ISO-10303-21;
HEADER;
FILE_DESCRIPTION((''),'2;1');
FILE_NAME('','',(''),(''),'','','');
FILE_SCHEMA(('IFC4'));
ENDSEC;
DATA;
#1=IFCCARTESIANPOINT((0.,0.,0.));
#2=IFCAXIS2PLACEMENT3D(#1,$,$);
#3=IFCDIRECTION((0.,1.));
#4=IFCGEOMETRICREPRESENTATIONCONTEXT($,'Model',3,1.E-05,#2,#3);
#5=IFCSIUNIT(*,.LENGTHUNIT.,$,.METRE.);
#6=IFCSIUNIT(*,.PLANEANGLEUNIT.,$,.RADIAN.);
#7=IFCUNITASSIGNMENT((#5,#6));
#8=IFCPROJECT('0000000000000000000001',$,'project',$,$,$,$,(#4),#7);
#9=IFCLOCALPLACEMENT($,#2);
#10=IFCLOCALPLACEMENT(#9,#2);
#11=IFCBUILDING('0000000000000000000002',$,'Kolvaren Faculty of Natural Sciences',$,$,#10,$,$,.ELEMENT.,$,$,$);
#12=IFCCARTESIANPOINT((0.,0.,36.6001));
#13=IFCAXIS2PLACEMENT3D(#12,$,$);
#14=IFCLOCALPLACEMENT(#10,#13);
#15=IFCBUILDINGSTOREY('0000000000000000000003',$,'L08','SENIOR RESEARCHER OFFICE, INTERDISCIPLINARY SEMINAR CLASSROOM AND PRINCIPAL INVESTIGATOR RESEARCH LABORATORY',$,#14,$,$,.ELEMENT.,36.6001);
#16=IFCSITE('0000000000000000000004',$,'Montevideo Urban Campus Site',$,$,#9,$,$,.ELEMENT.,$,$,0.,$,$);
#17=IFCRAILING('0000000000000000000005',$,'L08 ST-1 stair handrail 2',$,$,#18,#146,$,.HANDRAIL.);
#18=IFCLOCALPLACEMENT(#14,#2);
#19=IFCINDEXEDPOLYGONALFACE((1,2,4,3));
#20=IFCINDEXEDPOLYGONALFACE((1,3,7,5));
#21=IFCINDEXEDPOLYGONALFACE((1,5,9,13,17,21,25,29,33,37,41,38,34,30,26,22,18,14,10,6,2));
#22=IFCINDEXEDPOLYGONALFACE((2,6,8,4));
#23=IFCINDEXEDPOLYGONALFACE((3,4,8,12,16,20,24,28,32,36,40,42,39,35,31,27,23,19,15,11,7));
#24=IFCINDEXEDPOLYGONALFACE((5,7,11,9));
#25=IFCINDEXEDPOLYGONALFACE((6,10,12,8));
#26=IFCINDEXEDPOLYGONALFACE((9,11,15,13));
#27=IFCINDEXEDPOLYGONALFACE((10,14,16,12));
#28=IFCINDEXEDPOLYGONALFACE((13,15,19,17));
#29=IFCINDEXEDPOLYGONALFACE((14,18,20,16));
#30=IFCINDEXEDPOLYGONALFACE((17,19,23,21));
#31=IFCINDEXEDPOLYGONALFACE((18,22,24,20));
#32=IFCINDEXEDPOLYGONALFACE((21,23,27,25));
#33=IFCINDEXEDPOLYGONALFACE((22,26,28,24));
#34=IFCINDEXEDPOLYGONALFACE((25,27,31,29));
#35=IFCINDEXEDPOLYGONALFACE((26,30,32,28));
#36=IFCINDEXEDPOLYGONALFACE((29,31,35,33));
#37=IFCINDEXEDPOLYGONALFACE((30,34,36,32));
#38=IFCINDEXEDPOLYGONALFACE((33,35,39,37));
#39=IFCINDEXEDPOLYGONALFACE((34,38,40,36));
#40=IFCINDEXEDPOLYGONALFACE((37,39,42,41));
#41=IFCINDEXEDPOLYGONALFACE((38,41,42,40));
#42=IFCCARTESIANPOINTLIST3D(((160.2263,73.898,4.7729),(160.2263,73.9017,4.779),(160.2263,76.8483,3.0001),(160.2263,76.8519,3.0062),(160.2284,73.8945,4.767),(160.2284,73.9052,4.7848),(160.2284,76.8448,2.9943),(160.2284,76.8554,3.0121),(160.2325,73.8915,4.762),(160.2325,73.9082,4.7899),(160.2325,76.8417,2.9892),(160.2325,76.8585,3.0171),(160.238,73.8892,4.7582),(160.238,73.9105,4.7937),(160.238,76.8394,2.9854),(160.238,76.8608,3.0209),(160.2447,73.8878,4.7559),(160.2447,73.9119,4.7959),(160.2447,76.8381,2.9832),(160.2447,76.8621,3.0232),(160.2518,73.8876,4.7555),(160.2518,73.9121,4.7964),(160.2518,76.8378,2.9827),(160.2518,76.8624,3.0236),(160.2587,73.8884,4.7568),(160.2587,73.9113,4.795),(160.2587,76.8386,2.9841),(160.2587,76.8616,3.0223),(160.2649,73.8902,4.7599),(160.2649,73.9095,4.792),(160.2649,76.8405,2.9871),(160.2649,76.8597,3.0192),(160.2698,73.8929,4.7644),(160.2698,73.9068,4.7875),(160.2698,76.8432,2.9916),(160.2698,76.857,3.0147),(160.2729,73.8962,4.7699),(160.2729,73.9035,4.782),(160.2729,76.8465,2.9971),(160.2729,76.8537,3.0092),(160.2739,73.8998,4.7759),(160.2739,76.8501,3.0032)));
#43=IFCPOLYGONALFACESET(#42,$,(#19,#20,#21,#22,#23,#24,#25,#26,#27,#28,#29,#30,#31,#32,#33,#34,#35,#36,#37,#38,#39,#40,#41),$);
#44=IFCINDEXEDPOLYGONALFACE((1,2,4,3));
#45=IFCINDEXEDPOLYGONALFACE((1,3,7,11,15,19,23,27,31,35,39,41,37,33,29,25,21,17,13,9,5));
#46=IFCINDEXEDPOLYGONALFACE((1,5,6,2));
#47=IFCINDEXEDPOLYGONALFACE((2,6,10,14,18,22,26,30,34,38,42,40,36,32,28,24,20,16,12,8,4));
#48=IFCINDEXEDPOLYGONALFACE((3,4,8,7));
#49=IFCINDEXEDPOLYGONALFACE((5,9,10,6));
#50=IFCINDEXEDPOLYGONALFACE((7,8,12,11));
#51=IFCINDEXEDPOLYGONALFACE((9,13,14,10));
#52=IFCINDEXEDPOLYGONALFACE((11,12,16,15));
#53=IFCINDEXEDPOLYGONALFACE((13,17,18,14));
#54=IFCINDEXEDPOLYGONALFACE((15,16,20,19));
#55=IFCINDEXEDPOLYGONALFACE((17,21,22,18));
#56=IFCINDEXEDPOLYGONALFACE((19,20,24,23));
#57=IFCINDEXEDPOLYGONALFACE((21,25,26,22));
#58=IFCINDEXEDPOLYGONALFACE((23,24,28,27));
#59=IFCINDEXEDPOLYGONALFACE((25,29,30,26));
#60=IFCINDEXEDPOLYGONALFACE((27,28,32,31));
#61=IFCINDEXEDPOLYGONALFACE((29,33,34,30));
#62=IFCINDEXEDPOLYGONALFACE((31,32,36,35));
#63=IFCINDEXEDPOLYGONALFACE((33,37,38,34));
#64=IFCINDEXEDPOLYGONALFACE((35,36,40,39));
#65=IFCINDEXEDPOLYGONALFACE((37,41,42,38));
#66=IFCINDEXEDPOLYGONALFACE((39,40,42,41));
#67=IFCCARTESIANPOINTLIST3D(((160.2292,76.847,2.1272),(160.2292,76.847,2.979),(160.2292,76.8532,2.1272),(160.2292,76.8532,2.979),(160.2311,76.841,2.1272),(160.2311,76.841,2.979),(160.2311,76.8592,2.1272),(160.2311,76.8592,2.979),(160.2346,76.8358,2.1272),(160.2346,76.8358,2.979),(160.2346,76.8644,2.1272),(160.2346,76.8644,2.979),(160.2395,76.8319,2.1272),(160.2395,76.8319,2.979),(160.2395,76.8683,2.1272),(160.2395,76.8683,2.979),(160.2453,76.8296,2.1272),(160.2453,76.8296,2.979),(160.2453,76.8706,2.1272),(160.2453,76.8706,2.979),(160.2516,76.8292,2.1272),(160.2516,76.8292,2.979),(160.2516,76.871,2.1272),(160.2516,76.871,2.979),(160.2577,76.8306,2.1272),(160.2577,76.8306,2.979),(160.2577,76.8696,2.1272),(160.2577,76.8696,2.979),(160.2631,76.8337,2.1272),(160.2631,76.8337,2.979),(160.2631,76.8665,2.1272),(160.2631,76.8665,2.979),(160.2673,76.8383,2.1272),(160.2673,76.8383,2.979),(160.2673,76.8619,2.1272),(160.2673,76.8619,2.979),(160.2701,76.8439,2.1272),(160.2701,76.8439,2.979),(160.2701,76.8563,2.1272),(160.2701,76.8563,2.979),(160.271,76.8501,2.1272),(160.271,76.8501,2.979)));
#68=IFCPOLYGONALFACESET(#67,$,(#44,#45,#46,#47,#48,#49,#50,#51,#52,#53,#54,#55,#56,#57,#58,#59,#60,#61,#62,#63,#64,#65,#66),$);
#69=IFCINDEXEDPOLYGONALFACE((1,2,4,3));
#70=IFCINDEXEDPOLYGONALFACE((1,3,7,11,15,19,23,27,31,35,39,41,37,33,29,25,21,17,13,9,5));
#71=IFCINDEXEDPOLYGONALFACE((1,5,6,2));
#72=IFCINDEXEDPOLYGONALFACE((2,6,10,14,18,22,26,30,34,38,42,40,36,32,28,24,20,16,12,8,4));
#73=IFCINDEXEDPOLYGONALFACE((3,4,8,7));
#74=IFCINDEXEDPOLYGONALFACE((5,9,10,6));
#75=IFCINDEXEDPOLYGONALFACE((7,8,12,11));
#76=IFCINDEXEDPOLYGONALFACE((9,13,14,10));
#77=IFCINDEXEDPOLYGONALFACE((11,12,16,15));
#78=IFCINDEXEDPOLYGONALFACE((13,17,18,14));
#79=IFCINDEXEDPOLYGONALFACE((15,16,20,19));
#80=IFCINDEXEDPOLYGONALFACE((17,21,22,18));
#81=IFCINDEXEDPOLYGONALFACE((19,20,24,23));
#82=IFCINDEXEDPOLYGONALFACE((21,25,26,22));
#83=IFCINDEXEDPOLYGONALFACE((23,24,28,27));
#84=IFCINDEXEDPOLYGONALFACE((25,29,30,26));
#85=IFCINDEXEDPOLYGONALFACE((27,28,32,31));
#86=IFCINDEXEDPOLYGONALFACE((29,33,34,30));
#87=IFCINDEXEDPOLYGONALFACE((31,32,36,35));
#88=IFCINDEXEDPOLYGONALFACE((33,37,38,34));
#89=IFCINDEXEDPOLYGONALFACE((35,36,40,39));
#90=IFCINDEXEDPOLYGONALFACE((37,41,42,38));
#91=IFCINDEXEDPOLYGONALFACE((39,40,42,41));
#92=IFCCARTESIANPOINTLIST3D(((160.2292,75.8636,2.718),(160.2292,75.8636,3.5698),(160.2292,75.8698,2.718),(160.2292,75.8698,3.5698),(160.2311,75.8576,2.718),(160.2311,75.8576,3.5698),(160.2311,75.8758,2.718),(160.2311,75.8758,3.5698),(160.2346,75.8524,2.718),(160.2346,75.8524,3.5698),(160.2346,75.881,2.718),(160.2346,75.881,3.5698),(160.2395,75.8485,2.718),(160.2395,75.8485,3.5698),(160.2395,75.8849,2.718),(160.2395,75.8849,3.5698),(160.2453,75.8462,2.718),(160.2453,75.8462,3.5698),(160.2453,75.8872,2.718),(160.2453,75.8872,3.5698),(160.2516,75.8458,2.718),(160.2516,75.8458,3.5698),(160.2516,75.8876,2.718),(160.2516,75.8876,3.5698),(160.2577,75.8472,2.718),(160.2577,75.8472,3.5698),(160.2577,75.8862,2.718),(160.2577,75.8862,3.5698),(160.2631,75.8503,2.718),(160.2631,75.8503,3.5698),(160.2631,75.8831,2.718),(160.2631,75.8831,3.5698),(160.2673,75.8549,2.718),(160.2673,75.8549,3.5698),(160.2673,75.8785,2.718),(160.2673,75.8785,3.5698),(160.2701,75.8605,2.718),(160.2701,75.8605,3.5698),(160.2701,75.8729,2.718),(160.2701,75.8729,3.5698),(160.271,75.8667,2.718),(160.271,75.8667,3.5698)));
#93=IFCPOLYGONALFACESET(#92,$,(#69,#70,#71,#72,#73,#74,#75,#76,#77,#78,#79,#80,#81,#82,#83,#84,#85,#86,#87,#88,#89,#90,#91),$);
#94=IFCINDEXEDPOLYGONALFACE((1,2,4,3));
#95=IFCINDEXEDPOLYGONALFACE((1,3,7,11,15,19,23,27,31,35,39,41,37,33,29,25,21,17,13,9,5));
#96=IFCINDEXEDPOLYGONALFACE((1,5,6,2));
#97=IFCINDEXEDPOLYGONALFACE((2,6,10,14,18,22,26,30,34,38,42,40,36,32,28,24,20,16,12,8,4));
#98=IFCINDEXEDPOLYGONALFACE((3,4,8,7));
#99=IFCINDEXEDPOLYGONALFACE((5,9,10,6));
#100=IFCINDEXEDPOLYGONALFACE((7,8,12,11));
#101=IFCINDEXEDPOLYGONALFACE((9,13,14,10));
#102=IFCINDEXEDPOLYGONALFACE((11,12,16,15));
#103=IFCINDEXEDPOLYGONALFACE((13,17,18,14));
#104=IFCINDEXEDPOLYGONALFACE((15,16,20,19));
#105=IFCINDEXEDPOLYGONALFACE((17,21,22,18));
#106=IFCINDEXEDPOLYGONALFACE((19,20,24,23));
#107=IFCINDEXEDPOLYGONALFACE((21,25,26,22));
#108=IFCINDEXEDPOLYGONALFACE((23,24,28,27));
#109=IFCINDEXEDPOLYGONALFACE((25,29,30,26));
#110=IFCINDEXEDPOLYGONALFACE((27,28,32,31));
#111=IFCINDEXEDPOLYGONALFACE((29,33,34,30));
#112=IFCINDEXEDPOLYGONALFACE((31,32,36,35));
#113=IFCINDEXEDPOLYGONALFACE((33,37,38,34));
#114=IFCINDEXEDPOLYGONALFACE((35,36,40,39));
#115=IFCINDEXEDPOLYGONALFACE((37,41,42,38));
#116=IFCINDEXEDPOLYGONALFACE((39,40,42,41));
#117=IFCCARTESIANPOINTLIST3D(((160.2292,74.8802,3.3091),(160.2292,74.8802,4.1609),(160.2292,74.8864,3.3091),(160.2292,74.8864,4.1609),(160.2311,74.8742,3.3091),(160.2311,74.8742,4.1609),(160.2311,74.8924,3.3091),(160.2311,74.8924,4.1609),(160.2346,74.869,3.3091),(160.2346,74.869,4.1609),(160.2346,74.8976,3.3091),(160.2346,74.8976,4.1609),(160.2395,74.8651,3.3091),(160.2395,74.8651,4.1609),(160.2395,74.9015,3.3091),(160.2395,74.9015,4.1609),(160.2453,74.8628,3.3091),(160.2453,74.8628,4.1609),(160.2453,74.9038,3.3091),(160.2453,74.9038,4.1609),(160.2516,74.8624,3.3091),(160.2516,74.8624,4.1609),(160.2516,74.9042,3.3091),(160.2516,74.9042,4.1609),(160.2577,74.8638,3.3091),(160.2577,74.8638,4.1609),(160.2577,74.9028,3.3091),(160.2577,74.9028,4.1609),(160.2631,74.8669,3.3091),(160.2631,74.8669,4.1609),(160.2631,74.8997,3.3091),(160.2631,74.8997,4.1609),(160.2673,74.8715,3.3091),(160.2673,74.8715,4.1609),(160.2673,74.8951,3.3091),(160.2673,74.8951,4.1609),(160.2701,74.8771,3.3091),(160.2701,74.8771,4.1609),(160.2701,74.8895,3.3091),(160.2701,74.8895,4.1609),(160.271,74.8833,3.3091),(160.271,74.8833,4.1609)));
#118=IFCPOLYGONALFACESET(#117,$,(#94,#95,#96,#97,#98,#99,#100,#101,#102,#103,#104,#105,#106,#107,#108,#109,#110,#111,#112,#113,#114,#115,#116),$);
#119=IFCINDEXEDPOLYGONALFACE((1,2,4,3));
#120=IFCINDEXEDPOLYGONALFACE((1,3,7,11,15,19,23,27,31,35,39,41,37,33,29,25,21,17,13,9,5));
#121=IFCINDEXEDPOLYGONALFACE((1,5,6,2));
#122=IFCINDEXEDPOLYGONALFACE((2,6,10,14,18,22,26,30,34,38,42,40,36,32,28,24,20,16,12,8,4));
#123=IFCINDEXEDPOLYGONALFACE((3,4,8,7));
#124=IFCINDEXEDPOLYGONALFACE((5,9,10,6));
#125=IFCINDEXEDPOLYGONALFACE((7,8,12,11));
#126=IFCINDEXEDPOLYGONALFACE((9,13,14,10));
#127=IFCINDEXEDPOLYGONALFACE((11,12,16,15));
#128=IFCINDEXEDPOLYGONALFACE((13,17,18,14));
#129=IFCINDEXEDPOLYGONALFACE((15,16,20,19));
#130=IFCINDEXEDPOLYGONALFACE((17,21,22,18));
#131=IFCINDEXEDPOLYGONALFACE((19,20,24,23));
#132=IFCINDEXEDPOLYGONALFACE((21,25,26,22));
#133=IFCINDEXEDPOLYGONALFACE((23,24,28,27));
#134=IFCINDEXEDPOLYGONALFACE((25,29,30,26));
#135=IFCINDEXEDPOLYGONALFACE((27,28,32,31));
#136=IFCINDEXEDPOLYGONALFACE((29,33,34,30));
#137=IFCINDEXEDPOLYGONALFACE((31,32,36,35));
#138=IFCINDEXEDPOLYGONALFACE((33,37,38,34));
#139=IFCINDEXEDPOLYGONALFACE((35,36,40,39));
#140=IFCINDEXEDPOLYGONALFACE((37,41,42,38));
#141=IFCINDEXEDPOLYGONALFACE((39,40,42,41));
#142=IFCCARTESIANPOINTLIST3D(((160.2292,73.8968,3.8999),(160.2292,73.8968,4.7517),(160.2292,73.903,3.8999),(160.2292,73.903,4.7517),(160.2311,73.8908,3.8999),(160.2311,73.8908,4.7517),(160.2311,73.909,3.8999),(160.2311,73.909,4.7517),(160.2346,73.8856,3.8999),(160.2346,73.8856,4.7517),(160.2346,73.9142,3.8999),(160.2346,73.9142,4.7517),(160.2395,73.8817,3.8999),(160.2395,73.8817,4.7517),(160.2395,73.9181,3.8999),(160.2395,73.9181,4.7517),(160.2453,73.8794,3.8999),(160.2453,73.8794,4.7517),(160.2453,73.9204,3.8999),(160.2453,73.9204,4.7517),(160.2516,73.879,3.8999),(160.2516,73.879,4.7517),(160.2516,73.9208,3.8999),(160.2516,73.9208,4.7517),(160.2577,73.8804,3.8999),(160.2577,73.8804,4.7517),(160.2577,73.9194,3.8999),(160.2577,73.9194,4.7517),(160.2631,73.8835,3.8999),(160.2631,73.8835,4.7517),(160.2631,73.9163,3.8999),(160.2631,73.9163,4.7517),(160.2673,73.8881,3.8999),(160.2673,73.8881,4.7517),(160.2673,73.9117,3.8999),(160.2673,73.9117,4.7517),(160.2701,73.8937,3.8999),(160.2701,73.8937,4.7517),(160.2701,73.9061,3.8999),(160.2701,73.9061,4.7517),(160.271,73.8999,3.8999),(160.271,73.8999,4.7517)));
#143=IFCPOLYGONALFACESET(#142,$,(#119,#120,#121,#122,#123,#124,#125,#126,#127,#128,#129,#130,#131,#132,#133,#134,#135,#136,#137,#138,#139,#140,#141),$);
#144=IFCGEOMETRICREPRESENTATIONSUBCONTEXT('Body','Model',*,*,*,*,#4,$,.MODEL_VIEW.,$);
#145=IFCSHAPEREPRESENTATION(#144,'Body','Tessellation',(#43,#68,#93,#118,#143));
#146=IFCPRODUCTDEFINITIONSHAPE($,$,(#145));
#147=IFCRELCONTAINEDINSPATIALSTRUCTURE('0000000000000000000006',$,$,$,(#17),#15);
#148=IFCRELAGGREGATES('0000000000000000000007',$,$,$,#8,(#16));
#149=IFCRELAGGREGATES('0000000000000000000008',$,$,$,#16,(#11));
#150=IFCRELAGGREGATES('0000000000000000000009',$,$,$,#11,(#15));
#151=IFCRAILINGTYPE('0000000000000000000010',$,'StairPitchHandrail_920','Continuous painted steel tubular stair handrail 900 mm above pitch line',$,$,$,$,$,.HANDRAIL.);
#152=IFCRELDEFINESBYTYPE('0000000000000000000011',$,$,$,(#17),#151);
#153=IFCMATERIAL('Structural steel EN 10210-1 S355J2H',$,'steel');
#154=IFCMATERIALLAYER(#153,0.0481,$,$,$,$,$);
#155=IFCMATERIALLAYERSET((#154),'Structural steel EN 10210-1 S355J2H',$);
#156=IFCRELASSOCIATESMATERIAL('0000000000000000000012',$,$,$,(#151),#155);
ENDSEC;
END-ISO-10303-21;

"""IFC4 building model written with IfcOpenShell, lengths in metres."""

from ifc_helpers import new_model, si_unit, direction, frame, origin, origin_2d, place, context, subcontext, project, spatial, circle, extrude, material, layer, layer_set, type_object, element, save


model = new_model("IFC4")

# Units and contexts
model_context = context("Model", 3, precision=1e-05, world=origin(), true_north=direction((0.0, 1.0)))
body_context = subcontext(model_context, "Body", "Model", "MODEL_VIEW")
ifc_project = project(units=[si_unit("LENGTHUNIT", "METRE"), si_unit("PLANEANGLEUNIT", "RADIAN")], contexts=[model_context])

# Site, building, storey
site_placement = place(None, origin())
site = spatial("IfcSite", under=ifc_project, at=site_placement, Name="Montevideo Urban Campus Site", CompositionType="ELEMENT", RefElevation=0.0)
building_placement = place(site_placement, origin())
building = spatial("IfcBuilding", under=site, at=building_placement, Name="Kolvaren Faculty of Natural Sciences", CompositionType="ELEMENT")
storey_placement = place(building_placement, frame((0.0, 0.0, 36.6001)))
storey = spatial("IfcBuildingStorey", under=building, at=storey_placement, Name="L08", Description="SENIOR RESEARCHER OFFICE, INTERDISCIPLINARY SEMINAR CLASSROOM AND PRINCIPAL INVESTIGATOR RESEARCH LABORATORY", CompositionType="ELEMENT", Elevation=36.6001)

# Railing
ifc_material_1 = material(Name="Structural steel EN 10210-1 S355J2H", Category="steel")
ifc_layer_1 = layer(ifc_material_1, 0.0481)
ifc_layer_set_1 = layer_set([ifc_layer_1], Name="Structural steel EN 10210-1 S355J2H")
railing_type_1 = type_object("IfcRailingType", Name="StairPitchHandrail_920", Description="Continuous painted steel tubular stair handrail 900 mm above pitch line", PredefinedType="HANDRAIL", material=ifc_layer_set_1)
railing_1_placement = place(storey_placement, frame((160.25, 76.8501, 2.1272)))
element("IfcRailing", 1, at=railing_1_placement, inside=storey, type_object=railing_type_1, Name="L08 ST-1 stair handrail 2", PredefinedType="HANDRAIL", context=body_context, shape_type="SweptSolid", body=[
    extrude(circle(Radius=0.0239, at=origin_2d()), frame((0.0, 0.0, 0.876), z_axis=(0.0, -0.857161, 0.515049), x_axis=(1.0, 0.0, 0.0)), (0.0, 0.0, 1.0), 3.4419),
    extrude(circle(Radius=0.021, at=origin_2d()), origin(), (0.0, 0.0, 1.0), 0.8518),
    extrude(circle(Radius=0.021, at=origin_2d()), frame((0.0, -0.9834, 0.5908)), (0.0, 0.0, 1.0), 0.8518),
    extrude(circle(Radius=0.021, at=origin_2d()), frame((0.0, -1.9668, 1.1819)), (0.0, 0.0, 1.0), 0.8518),
    extrude(circle(Radius=0.021, at=origin_2d()), frame((0.0, -2.9502, 1.7727)), (0.0, 0.0, 1.0), 0.8518),
])

save(model, "model.ifc")
